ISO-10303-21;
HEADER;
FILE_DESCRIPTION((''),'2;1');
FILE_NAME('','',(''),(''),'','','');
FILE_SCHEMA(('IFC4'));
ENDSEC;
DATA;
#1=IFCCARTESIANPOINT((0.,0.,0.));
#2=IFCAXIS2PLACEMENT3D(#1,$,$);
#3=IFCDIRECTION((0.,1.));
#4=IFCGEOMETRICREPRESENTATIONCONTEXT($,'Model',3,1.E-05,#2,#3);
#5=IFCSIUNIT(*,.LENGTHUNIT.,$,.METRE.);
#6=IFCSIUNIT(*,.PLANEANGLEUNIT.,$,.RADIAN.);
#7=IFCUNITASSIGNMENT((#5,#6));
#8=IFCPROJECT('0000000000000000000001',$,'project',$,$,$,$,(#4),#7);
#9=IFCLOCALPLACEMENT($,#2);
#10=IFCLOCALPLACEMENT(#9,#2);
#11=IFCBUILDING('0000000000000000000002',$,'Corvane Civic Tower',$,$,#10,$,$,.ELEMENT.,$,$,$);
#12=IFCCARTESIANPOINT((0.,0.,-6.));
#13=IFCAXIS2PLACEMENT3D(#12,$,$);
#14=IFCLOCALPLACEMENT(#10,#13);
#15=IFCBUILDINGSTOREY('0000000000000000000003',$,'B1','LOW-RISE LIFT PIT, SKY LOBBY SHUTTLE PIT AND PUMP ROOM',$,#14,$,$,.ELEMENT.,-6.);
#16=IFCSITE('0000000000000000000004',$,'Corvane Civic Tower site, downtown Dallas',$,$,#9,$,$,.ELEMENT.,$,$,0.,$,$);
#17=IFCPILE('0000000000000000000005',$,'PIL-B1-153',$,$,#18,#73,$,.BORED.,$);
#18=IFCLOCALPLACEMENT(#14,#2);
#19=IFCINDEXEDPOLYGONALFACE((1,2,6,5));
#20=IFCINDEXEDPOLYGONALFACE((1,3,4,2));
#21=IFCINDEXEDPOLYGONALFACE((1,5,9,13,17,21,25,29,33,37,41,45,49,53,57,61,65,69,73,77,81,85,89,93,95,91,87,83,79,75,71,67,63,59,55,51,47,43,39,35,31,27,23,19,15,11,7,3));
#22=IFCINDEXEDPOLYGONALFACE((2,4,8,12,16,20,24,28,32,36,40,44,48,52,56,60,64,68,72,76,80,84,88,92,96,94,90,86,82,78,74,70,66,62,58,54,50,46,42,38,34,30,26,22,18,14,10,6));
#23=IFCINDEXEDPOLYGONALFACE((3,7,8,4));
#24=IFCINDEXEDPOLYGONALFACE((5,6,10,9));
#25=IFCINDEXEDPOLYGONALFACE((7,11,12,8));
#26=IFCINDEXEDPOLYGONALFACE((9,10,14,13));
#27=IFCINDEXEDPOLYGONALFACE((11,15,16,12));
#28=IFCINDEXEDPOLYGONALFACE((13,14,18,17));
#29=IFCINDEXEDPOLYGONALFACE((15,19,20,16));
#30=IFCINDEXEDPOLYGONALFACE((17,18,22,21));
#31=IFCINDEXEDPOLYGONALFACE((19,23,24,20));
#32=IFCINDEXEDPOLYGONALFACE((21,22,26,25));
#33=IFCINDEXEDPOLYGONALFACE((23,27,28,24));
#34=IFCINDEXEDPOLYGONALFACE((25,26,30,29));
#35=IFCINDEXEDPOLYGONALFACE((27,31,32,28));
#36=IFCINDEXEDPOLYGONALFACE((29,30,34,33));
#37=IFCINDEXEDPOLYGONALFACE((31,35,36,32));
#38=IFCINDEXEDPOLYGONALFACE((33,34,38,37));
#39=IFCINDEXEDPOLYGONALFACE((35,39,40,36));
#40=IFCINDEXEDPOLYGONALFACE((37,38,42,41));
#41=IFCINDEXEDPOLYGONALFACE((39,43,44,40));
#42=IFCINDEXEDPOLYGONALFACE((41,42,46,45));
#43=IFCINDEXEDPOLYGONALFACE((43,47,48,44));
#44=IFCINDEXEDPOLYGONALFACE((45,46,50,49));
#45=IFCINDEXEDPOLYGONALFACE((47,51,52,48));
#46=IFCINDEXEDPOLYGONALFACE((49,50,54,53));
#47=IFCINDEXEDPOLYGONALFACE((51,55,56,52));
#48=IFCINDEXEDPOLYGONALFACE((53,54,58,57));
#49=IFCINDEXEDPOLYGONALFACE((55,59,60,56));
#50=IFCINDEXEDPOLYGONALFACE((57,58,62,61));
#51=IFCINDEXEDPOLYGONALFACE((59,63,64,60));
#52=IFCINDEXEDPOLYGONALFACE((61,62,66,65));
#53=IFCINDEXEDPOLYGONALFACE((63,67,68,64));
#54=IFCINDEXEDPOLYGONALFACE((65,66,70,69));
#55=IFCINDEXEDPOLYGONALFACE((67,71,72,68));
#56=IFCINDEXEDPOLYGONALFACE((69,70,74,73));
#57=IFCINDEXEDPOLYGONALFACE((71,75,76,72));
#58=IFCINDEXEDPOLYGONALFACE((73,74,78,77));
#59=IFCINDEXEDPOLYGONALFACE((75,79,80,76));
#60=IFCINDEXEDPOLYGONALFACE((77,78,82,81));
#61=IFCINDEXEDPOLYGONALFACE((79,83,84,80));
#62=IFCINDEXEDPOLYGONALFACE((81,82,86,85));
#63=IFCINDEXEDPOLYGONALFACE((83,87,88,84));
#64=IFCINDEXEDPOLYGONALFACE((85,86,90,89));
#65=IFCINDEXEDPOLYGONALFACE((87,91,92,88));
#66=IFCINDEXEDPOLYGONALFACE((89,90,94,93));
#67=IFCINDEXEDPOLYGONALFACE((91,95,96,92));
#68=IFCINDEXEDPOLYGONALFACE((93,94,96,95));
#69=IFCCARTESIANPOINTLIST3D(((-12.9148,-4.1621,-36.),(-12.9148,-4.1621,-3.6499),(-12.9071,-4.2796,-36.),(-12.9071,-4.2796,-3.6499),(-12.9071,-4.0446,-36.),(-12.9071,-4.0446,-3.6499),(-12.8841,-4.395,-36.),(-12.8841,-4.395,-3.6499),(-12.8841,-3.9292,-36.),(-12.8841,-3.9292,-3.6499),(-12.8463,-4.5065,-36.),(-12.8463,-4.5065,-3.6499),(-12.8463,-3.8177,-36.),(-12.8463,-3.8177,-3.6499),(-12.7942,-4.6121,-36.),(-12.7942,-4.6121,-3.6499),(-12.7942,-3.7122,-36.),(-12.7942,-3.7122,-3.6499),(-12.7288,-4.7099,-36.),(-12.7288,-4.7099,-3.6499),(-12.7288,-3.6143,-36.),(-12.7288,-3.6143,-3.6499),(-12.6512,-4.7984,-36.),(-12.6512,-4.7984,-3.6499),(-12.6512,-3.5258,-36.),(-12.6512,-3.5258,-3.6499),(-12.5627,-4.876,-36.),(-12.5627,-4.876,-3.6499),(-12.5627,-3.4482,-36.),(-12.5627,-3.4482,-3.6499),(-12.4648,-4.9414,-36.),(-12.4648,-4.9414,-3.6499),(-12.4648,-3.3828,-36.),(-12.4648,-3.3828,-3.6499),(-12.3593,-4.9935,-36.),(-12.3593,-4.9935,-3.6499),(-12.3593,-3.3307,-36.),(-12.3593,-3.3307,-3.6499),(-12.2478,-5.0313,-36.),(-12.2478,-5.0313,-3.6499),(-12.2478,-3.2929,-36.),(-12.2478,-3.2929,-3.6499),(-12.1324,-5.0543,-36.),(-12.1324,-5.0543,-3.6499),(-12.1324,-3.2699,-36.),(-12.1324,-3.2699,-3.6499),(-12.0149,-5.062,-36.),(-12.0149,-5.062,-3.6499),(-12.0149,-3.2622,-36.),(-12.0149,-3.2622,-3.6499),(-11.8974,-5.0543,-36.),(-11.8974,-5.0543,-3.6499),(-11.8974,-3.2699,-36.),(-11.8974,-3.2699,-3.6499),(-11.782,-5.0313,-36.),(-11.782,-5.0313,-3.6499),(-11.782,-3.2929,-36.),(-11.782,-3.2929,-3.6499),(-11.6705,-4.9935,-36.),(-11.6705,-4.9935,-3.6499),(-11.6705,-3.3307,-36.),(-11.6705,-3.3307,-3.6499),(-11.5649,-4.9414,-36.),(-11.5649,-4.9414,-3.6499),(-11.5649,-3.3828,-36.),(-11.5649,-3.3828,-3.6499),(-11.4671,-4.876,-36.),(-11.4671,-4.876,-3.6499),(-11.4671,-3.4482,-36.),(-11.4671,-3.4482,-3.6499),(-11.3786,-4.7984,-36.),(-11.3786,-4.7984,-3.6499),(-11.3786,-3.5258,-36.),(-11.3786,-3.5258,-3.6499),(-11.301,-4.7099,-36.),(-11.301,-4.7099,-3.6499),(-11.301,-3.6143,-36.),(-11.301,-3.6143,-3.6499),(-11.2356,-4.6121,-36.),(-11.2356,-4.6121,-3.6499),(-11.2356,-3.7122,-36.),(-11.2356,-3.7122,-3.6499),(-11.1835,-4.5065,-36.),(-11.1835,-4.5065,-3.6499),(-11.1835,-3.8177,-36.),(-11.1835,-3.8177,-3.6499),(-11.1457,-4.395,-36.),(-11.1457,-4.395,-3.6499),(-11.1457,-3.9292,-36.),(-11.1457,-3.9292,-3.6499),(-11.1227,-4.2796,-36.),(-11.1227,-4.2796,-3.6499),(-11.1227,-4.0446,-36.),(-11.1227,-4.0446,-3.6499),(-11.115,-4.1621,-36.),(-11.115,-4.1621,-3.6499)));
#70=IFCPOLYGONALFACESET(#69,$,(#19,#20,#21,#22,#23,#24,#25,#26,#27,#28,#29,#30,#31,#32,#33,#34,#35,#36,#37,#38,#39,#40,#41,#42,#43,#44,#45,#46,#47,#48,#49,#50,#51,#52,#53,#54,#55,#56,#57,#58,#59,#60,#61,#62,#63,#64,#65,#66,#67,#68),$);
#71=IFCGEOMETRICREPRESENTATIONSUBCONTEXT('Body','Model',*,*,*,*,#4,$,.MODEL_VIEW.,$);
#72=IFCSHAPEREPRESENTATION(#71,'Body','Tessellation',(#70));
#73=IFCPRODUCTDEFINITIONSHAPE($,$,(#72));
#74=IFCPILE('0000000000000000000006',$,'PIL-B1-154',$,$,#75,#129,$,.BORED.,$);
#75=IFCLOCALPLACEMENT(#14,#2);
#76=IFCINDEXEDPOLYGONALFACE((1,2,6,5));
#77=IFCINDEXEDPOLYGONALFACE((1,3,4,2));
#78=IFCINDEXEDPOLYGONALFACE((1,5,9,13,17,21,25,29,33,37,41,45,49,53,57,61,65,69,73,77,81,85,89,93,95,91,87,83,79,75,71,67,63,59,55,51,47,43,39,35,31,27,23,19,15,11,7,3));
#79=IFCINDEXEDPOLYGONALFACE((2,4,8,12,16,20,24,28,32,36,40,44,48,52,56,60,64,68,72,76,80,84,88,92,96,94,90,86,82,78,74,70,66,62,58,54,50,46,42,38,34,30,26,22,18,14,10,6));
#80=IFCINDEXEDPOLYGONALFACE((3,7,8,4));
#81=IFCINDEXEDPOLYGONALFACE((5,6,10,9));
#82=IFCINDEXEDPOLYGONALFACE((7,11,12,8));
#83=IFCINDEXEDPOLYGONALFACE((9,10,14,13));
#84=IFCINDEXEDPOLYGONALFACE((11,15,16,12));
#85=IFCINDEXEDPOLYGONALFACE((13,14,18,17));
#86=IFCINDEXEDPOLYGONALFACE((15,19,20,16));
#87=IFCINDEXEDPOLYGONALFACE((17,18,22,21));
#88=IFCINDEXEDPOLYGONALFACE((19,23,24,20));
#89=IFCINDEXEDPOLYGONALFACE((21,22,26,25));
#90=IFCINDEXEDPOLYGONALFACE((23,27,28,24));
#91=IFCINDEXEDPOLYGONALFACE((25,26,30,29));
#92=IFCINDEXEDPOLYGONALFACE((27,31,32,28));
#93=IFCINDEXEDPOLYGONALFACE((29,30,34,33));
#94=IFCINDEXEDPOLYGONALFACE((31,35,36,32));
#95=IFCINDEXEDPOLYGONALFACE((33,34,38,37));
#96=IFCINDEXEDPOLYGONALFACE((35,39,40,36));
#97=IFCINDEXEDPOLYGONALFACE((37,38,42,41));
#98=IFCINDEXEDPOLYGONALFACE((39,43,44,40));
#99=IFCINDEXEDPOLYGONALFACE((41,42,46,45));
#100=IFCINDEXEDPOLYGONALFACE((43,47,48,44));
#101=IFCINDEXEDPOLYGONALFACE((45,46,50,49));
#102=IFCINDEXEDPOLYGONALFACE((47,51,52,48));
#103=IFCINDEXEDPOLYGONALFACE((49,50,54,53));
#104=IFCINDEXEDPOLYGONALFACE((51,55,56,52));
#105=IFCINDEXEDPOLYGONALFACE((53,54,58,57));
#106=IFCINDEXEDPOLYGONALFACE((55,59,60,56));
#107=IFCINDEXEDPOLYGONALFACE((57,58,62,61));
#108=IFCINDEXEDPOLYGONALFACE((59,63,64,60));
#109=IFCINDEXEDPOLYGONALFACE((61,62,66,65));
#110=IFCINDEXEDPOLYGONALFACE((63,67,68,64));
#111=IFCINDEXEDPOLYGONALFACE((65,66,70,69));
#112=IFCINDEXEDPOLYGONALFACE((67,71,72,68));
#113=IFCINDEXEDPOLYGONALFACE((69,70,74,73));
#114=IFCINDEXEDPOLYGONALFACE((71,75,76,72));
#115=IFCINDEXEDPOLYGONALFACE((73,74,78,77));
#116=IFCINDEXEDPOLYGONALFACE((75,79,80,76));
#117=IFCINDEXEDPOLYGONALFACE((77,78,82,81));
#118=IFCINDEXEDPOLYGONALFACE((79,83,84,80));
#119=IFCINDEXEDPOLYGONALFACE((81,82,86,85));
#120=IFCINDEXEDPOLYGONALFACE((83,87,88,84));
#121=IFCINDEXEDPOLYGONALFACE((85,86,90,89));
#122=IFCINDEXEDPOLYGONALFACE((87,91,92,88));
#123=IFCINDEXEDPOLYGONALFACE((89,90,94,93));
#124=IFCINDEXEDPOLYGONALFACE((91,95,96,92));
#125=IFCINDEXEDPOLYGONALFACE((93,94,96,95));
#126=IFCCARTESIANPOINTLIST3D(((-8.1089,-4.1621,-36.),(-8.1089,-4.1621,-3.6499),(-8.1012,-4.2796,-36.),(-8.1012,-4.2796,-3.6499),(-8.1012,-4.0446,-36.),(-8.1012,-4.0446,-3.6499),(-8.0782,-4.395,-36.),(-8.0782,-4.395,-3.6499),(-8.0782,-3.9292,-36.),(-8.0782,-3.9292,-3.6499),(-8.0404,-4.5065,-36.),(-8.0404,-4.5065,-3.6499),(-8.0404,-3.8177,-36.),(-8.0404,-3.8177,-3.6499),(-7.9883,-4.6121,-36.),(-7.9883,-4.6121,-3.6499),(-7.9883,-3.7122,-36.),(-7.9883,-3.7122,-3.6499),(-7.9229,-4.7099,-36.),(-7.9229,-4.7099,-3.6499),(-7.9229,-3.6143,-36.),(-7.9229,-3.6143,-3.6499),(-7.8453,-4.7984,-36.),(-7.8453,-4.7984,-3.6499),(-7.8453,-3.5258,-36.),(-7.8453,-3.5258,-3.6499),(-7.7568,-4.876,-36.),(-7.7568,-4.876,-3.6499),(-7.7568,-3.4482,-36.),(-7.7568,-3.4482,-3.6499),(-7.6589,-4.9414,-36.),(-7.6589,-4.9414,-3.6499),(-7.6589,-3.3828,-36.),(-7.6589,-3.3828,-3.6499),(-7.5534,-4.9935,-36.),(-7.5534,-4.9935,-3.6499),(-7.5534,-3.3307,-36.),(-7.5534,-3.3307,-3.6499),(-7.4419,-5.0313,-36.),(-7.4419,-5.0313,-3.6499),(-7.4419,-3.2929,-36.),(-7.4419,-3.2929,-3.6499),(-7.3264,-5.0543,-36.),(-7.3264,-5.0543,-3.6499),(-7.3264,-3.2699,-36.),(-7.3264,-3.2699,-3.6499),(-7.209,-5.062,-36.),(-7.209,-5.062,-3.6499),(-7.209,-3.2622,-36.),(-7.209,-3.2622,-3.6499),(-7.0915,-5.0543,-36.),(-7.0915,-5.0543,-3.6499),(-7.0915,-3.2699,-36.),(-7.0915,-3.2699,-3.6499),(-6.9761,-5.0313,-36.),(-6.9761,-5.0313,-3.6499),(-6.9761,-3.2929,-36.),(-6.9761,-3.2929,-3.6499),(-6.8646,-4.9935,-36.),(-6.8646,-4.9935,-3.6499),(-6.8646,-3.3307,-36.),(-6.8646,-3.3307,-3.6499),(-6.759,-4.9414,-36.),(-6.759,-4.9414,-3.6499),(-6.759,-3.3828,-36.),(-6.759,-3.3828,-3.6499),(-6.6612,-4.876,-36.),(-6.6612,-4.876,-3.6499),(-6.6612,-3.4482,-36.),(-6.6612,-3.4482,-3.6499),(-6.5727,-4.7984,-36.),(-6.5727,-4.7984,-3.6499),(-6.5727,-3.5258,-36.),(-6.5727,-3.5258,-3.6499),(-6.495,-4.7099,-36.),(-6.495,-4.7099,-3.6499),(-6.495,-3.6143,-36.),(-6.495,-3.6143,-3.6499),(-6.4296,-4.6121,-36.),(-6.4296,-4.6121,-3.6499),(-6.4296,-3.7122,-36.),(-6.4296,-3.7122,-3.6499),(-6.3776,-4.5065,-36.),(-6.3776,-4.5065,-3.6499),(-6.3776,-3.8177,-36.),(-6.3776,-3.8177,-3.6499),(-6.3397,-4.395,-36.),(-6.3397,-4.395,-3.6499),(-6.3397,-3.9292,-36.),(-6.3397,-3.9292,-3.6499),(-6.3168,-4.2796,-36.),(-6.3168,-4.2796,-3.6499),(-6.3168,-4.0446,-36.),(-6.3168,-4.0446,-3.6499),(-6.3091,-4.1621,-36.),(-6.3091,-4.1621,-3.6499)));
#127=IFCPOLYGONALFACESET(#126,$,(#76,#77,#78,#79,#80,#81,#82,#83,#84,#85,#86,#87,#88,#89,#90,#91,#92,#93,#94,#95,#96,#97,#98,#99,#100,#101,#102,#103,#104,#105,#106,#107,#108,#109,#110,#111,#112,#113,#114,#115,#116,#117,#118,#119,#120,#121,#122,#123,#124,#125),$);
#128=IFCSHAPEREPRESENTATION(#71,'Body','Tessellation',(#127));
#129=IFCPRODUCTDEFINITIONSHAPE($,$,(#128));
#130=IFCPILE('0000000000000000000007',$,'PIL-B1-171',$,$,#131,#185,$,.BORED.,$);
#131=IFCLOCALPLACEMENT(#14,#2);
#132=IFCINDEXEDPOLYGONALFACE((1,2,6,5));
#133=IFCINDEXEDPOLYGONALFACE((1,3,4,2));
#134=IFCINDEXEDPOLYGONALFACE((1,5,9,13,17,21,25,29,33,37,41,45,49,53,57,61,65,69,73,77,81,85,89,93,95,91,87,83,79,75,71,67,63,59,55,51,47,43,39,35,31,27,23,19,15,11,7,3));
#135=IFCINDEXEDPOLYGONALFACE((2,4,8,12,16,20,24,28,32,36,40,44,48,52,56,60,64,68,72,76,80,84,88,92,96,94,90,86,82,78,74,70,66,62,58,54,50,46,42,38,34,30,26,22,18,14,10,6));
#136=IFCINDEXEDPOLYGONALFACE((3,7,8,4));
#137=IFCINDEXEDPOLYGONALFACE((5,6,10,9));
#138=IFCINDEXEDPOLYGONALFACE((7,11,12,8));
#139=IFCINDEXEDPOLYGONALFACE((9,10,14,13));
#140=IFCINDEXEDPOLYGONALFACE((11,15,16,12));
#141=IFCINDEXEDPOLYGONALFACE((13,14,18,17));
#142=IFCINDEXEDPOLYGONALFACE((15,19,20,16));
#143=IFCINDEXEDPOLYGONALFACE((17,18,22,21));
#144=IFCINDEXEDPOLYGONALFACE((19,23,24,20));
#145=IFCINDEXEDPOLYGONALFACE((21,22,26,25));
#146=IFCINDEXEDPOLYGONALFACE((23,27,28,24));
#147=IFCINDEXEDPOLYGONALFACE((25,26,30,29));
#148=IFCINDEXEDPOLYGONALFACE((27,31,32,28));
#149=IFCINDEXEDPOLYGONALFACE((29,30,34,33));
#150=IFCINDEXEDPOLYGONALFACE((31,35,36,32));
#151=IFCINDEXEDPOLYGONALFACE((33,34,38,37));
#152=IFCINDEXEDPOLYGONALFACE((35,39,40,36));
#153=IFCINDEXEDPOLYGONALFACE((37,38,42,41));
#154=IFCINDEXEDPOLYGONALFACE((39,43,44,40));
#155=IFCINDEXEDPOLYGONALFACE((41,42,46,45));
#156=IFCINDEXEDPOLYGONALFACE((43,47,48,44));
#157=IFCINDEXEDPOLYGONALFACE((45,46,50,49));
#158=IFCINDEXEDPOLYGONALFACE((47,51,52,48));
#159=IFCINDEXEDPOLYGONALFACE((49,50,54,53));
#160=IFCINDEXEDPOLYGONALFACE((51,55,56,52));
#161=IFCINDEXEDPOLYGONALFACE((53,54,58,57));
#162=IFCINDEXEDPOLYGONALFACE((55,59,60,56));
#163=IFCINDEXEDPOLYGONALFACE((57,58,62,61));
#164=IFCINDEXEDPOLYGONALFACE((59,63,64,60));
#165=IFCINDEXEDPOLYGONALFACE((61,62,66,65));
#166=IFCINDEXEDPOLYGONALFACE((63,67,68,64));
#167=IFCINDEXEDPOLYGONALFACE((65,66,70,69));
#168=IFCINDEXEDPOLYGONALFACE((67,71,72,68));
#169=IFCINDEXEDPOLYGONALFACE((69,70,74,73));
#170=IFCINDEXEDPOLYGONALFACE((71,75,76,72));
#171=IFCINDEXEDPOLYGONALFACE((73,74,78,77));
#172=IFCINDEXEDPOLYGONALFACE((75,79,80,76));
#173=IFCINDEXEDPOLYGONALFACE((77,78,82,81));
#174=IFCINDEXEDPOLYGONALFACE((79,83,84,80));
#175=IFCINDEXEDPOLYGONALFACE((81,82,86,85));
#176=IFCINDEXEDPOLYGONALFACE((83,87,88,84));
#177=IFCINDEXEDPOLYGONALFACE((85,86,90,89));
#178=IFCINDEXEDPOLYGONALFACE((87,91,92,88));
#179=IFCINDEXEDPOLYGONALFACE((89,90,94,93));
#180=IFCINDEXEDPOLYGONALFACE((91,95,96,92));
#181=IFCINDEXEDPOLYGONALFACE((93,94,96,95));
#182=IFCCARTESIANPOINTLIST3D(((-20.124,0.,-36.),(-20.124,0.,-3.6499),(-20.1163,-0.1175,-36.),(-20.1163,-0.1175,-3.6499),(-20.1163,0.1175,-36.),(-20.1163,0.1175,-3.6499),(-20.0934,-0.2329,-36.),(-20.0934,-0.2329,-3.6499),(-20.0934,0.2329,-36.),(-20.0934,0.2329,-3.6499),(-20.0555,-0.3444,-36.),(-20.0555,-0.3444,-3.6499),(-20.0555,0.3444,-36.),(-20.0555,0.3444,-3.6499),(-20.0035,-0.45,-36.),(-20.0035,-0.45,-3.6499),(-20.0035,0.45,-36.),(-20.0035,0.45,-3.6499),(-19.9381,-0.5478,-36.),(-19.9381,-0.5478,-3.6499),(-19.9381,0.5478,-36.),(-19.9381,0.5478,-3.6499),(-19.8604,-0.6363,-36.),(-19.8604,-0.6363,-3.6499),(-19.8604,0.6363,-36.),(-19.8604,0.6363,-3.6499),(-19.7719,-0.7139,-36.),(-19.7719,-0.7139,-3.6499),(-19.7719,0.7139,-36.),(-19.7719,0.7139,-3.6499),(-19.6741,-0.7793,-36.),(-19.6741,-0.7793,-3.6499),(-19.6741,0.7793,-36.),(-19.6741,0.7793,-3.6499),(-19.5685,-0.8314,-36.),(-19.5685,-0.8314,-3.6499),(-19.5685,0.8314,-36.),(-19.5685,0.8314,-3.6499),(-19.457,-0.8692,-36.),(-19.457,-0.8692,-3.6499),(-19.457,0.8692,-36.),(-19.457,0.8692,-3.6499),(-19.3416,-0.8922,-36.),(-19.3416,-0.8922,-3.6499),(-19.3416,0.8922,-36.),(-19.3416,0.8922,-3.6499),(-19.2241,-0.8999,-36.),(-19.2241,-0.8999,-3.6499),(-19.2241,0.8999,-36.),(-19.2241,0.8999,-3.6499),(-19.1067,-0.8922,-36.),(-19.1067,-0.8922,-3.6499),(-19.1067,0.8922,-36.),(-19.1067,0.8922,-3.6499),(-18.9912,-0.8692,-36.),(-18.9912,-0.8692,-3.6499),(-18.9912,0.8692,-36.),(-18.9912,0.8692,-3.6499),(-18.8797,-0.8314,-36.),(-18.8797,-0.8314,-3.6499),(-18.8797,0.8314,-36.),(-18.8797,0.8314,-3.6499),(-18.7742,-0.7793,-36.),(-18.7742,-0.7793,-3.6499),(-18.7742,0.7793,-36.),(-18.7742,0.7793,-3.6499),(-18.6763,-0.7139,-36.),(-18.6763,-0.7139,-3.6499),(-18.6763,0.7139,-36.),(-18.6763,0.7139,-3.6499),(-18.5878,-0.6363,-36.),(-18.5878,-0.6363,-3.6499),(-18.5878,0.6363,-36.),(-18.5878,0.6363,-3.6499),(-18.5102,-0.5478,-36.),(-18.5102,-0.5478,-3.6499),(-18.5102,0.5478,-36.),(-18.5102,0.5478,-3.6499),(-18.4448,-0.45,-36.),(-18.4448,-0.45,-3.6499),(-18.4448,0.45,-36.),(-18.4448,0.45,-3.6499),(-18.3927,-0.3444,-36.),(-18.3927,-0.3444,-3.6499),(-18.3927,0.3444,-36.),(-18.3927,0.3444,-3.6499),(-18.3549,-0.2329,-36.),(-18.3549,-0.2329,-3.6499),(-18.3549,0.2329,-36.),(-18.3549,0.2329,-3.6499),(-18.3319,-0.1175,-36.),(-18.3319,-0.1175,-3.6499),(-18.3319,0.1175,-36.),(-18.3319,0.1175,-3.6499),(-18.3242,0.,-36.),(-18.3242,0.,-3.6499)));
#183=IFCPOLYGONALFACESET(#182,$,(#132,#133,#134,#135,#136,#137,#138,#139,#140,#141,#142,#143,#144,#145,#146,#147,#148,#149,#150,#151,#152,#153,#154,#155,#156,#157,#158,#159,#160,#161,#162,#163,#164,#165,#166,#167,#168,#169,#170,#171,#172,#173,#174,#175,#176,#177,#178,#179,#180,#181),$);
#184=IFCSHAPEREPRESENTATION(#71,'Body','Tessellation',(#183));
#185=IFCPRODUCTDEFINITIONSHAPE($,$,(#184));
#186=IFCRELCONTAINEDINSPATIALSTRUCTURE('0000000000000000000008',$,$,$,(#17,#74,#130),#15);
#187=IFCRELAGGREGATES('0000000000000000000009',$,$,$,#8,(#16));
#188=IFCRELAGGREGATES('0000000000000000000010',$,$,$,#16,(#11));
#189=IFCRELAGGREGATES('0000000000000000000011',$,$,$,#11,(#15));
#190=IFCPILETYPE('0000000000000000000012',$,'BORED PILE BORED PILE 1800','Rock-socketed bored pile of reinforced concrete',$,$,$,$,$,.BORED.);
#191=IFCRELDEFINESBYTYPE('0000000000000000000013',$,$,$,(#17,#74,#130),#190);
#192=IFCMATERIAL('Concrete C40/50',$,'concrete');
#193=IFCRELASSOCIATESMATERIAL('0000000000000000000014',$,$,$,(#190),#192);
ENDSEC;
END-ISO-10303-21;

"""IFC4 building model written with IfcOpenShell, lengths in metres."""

from ifc_helpers import new_model, si_unit, direction, frame, origin, origin_2d, place, context, subcontext, project, spatial, circle, extrude, material, material_profile, profile_set, type_object, element, save


model = new_model("IFC4")

# Units and contexts
model_context = context("Model", 3, precision=1e-05, world=origin(), true_north=direction((0.0, 1.0)))
body_context = subcontext(model_context, "Body", "Model", "MODEL_VIEW")
ifc_project = project(units=[si_unit("LENGTHUNIT", "METRE"), si_unit("PLANEANGLEUNIT", "RADIAN")], contexts=[model_context])

# Site, building, storey
site_placement = place(None, origin())
site = spatial("IfcSite", under=ifc_project, at=site_placement, Name="Corvane Civic Tower site, downtown Dallas", CompositionType="ELEMENT", RefElevation=0.0)
building_placement = place(site_placement, origin())
building = spatial("IfcBuilding", under=site, at=building_placement, Name="Corvane Civic Tower", CompositionType="ELEMENT")
storey_placement = place(building_placement, frame((0.0, 0.0, -6.0)))
storey = spatial("IfcBuildingStorey", under=building, at=storey_placement, Name="B1", Description="LOW-RISE LIFT PIT, SKY LOBBY SHUTTLE PIT AND PUMP ROOM", CompositionType="ELEMENT", Elevation=-6.0)

# Piles
ifc_material_1 = material(Name="Concrete C40/50", Category="concrete")
ifc_material_profile_1 = material_profile(ifc_material_1, circle(Radius=0.8999, at=origin_2d()), Name="BORED PILE 1800")
ifc_profile_set_1 = profile_set([ifc_material_profile_1], Name="Concrete C40/50")
pile_type = type_object("IfcPileType", Name="BORED PILE BORED PILE 1800", Description="Rock-socketed bored pile of reinforced concrete", PredefinedType="BORED", material=ifc_profile_set_1)
for number, where, z_axis, x_axis, name in (
    (1, (-12.0149, -4.1621, -3.6499), (0.0, 0.0, -1.0), (1.0, 0.0, 0.0), "PIL-B1-153"),
    (2, (-7.209, -4.1621, -3.6499), (0.0, 0.0, -1.0), (1.0, 0.0, 0.0), "PIL-B1-154"),
    (3, (-19.2241, 0.0, -3.6499), (0.0, 0.0, -1.0), (1.0, 0.0, 0.0), "PIL-B1-171"),
):
    element("IfcPile", number, at=place(storey_placement, frame(where, z_axis=z_axis, x_axis=x_axis)), inside=storey, type_object=pile_type, Name=name, PredefinedType="BORED", context=body_context, shape_type="SweptSolid", body=[
        extrude(circle(Radius=0.8999, at=origin_2d()), origin(), (0.0, 0.0, 1.0), 32.3501),
    ])

save(model, "model.ifc")
